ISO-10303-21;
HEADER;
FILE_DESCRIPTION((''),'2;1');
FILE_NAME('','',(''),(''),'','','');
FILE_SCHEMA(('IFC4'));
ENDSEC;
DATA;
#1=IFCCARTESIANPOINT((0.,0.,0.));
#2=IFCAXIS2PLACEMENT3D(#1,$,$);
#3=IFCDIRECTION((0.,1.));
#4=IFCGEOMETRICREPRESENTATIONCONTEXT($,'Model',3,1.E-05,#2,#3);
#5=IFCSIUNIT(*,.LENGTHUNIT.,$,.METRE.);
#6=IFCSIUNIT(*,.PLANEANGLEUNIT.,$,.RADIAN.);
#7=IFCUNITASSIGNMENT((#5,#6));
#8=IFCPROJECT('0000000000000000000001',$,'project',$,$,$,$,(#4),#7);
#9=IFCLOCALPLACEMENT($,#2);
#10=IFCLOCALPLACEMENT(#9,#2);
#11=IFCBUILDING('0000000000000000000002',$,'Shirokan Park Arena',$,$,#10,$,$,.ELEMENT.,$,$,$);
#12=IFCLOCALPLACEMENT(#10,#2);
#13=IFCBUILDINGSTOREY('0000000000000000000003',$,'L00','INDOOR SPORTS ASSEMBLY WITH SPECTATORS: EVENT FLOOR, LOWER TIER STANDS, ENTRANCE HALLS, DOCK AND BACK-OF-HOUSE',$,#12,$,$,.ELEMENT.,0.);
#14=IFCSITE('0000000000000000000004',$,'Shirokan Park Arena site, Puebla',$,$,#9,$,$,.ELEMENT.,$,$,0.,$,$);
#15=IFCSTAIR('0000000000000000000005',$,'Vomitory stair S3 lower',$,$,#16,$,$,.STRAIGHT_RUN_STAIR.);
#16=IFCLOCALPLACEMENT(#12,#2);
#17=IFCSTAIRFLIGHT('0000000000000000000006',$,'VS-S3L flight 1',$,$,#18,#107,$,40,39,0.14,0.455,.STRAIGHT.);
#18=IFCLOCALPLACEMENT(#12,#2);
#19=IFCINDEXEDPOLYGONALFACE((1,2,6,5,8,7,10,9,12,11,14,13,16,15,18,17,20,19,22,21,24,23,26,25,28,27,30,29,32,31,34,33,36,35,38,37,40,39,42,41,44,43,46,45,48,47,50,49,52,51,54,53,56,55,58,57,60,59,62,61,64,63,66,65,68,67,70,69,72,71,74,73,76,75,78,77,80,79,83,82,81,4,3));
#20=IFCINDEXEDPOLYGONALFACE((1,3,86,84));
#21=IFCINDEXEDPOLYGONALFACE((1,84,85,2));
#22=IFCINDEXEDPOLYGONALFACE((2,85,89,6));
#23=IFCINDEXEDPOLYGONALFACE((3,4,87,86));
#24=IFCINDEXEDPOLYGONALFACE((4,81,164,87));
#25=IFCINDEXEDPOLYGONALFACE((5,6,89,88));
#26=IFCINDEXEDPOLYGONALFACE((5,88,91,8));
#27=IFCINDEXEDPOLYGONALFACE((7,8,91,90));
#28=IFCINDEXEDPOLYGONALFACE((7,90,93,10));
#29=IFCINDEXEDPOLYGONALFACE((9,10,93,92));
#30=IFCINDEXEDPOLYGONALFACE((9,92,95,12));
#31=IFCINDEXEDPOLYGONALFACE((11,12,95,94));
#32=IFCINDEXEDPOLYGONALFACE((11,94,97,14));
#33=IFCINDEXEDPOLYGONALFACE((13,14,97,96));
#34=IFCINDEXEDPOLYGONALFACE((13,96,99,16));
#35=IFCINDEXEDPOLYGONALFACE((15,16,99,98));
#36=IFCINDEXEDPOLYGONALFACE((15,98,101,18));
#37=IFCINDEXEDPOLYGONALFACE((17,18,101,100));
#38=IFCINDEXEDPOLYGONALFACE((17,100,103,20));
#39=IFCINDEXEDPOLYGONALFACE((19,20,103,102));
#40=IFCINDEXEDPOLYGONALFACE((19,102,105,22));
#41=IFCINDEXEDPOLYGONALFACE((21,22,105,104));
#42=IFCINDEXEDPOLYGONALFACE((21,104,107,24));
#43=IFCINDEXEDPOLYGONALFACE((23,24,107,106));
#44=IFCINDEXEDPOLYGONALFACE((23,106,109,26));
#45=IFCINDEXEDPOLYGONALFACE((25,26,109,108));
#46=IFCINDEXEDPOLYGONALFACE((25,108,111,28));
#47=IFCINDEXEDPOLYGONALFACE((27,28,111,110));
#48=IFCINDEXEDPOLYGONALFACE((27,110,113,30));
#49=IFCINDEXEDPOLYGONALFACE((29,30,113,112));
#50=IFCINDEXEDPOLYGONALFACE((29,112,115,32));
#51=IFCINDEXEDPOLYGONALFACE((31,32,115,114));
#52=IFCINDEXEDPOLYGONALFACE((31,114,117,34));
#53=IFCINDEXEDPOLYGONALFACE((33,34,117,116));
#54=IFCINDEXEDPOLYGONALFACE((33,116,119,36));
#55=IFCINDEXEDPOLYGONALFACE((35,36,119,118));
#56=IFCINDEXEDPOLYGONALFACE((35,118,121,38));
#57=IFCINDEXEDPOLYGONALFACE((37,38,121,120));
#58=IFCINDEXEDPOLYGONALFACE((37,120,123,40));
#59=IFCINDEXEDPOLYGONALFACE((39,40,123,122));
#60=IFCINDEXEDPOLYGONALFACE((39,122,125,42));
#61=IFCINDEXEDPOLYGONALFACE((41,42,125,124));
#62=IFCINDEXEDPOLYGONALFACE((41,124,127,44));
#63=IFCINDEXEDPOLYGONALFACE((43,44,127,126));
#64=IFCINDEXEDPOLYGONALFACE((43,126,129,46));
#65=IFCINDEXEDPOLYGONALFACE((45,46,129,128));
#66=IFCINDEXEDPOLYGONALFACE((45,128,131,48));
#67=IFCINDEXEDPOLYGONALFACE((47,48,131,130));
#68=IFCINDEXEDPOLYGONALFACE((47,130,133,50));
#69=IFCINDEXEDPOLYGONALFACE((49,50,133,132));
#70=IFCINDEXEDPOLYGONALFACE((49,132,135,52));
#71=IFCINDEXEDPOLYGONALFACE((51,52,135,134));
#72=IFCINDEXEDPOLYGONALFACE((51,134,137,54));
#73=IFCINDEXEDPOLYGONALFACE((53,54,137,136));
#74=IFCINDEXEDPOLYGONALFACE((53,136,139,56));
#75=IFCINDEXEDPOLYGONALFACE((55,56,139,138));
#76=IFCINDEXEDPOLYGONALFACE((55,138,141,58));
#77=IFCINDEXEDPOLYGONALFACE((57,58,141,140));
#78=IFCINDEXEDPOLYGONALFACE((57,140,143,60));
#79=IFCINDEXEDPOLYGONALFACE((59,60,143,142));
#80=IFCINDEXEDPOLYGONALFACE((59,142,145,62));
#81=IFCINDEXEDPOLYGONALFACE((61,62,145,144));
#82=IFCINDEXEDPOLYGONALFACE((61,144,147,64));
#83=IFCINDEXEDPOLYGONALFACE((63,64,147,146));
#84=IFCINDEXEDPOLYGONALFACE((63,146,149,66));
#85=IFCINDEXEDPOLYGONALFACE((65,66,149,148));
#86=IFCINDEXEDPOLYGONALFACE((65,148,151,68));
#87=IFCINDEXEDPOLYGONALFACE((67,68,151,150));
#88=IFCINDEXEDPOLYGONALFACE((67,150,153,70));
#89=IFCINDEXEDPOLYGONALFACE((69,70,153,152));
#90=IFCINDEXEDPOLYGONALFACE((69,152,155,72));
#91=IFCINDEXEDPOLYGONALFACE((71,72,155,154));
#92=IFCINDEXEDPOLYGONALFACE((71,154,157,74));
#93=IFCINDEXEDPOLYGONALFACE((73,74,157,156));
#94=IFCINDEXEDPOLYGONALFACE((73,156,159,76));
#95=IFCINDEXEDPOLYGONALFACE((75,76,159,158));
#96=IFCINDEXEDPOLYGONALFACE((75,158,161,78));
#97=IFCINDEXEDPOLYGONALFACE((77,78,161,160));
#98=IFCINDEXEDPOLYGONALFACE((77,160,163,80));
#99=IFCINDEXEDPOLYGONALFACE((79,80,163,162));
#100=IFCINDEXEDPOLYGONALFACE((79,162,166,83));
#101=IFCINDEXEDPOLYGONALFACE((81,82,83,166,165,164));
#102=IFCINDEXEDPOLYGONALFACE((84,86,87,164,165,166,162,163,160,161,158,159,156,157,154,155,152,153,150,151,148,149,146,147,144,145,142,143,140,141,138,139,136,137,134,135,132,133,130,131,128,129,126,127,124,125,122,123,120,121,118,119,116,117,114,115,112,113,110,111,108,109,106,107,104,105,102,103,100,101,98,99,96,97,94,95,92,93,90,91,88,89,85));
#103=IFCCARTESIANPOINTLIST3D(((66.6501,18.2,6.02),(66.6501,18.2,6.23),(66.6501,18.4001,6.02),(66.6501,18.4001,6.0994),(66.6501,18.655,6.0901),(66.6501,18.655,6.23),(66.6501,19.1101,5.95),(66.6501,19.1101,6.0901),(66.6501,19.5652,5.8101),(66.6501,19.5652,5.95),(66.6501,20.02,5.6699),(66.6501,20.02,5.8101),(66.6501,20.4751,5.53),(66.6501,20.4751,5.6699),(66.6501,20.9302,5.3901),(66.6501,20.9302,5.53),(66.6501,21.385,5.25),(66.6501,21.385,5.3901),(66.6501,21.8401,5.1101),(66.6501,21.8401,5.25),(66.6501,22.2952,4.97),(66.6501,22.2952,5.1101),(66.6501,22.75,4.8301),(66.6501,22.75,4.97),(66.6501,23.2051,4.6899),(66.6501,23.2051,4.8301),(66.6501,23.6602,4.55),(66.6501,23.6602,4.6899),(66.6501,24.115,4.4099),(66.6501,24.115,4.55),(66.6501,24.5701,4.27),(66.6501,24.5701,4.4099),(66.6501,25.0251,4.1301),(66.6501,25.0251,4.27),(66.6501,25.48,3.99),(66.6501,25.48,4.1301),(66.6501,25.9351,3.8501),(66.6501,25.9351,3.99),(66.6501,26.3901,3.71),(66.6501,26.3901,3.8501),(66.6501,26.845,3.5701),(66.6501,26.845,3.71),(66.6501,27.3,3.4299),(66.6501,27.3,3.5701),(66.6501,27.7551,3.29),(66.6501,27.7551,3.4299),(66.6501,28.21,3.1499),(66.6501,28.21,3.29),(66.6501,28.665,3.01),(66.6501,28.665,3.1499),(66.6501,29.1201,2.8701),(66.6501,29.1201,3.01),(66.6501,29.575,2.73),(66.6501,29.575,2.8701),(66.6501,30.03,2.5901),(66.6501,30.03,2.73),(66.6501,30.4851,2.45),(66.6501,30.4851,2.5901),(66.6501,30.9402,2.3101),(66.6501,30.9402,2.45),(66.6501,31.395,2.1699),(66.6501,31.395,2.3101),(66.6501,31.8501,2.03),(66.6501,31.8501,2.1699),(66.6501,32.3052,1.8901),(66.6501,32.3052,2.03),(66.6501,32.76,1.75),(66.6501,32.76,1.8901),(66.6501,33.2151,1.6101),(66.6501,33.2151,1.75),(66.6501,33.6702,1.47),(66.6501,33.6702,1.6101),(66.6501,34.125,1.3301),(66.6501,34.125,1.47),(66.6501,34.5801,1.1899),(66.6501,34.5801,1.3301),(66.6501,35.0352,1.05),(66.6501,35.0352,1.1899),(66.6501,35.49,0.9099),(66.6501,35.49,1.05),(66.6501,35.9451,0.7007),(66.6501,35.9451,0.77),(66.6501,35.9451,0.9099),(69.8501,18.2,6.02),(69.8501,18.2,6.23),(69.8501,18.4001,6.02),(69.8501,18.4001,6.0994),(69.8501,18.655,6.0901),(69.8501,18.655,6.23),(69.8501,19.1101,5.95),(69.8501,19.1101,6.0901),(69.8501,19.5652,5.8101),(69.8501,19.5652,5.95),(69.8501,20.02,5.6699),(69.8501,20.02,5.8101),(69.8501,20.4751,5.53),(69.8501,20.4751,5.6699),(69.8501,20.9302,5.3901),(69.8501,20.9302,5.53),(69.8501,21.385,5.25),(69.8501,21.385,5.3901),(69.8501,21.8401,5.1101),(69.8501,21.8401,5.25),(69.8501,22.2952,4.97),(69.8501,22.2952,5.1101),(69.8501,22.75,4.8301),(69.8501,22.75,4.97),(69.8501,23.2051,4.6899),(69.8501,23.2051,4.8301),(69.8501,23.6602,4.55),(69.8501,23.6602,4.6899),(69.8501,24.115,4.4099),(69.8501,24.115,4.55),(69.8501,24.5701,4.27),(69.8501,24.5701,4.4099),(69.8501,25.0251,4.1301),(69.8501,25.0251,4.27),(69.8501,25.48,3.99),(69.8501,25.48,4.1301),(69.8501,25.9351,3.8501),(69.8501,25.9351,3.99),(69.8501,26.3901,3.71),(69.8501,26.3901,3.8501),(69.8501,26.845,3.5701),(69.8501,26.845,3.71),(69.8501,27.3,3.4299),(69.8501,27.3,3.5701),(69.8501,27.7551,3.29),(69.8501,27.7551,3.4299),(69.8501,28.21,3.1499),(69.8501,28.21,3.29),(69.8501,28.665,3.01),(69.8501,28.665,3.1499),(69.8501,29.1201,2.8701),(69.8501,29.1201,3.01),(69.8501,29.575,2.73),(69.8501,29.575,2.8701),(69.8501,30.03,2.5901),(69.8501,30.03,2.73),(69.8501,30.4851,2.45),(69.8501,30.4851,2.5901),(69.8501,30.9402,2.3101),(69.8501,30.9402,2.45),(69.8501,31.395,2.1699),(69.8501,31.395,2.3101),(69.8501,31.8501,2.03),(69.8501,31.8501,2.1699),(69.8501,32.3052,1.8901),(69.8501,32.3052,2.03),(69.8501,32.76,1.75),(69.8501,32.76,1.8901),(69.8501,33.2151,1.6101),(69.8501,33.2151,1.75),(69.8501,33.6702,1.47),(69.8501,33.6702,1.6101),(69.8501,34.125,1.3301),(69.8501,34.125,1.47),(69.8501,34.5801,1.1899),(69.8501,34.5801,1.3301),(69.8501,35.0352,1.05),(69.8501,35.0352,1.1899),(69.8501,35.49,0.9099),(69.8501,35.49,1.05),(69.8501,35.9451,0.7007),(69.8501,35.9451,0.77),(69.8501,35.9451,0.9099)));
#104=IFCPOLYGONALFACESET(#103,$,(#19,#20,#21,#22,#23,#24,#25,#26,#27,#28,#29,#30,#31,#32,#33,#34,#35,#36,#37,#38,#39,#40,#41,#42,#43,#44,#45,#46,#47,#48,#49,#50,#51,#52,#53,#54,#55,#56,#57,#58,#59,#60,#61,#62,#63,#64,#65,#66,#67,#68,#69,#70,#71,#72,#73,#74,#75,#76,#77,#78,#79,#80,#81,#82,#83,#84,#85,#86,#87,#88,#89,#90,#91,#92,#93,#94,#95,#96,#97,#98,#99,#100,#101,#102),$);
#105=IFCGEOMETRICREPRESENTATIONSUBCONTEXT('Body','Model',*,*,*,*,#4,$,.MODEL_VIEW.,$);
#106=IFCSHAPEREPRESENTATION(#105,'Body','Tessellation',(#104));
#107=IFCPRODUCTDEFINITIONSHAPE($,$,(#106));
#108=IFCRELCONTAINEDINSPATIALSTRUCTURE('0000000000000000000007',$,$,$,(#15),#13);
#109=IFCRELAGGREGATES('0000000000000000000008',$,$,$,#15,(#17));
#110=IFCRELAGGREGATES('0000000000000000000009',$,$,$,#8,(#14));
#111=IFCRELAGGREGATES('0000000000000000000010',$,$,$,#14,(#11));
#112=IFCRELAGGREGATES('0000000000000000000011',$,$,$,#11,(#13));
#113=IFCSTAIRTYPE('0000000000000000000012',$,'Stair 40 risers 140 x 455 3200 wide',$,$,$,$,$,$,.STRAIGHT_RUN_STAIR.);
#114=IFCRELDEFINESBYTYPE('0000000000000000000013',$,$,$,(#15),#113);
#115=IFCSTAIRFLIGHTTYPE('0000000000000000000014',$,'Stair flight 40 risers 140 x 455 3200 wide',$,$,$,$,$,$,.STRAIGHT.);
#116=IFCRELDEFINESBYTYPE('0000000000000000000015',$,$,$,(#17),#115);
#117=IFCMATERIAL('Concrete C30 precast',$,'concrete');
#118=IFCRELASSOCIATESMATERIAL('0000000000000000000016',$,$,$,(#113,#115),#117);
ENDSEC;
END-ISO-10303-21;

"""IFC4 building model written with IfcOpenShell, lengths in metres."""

from ifc_helpers import new_model, si_unit, direction, frame, origin, place, context, subcontext, project, spatial, polyline, outline, extrude, material, type_object, element, aggregate, save


model = new_model("IFC4")

# Units and contexts
model_context = context("Model", 3, precision=1e-05, world=origin(), true_north=direction((0.0, 1.0)))
body_context = subcontext(model_context, "Body", "Model", "MODEL_VIEW")
ifc_project = project(units=[si_unit("LENGTHUNIT", "METRE"), si_unit("PLANEANGLEUNIT", "RADIAN")], contexts=[model_context])

# Site, building, storey
site_placement = place(None, origin())
site = spatial("IfcSite", under=ifc_project, at=site_placement, Name="Shirokan Park Arena site, Puebla", CompositionType="ELEMENT", RefElevation=0.0)
building_placement = place(site_placement, origin())
building = spatial("IfcBuilding", under=site, at=building_placement, Name="Shirokan Park Arena", CompositionType="ELEMENT")
storey_placement = place(building_placement, origin())
storey = spatial("IfcBuildingStorey", under=building, at=storey_placement, Name="L00", Description="INDOOR SPORTS ASSEMBLY WITH SPECTATORS: EVENT FLOOR, LOWER TIER STANDS, ENTRANCE HALLS, DOCK AND BACK-OF-HOUSE", CompositionType="ELEMENT", Elevation=0.0)

# Stair, stair flight
ifc_material_1 = material(Name="Concrete C30 precast", Category="concrete")
stair_type = type_object("IfcStairType", Name="Stair 40 risers 140 x 455 3200 wide", PredefinedType="STRAIGHT_RUN_STAIR", material=ifc_material_1)
stair_1_placement = place(storey_placement, origin())
stair_1 = element("IfcStair", 1, at=stair_1_placement, inside=storey, type_object=stair_type, Name="Vomitory stair S3 lower", PredefinedType="STRAIGHT_RUN_STAIR")
stair_flight_type = type_object("IfcStairFlightType", Name="Stair flight 40 risers 140 x 455 3200 wide", PredefinedType="STRAIGHT", material=ifc_material_1)
stair_flight_1_placement = place(storey_placement, frame((68.25, 35.9451, 0.77), z_axis=(0.0, 0.0, 1.0), x_axis=(0.0, -1.0, 0.0)))
stair_flight_1 = element("IfcStairFlight", 2, at=stair_flight_1_placement, type_object=stair_flight_type, Name="VS-S3L flight 1", NumberOfRisers=40, NumberOfTreads=39, PredefinedType="STRAIGHT", RiserHeight=0.14, TreadLength=0.455, context=body_context, shape_type="SweptSolid", body=[
    extrude(outline(polyline([(0.0, -0.0693), (0.0, 0.0), (0.0, 0.1399), (0.4551, 0.1399), (0.4551, 0.28), (0.9099, 0.28), (0.9099, 0.4199), (1.365, 0.4199), (1.365, 0.5601), (1.8201, 0.5601), (1.8201, 0.7), (2.2749, 0.7), (2.2749, 0.8401), (2.73, 0.8401), (2.73, 0.98), (3.1851, 0.98), (3.1851, 1.1201), (3.6399, 1.1201), (3.6399, 1.26), (4.095, 1.26), (4.095, 1.3999), (4.55, 1.3999), (4.55, 1.54), (5.0049, 1.54), (5.0049, 1.6799), (5.46, 1.6799), (5.46, 1.8201), (5.915, 1.8201), (5.915, 1.96), (6.3701, 1.96), (6.3701, 2.1001), (6.825, 2.1001), (6.825, 2.24), (7.28, 2.24), (7.28, 2.3799), (7.7351, 2.3799), (7.7351, 2.52), (8.1899, 2.52), (8.1899, 2.6599), (8.645, 2.6599), (8.645, 2.8), (9.1001, 2.8), (9.1001, 2.9399), (9.5549, 2.9399), (9.5549, 3.0801), (10.01, 3.0801), (10.01, 3.22), (10.4651, 3.22), (10.4651, 3.3601), (10.9199, 3.3601), (10.9199, 3.5), (11.375, 3.5), (11.375, 3.6399), (11.8301, 3.6399), (11.8301, 3.78), (12.2849, 3.78), (12.2849, 3.9199), (12.74, 3.9199), (12.74, 4.0601), (13.1951, 4.0601), (13.1951, 4.2), (13.6499, 4.2), (13.6499, 4.3401), (14.105, 4.3401), (14.105, 4.48), (14.5601, 4.48), (14.5601, 4.6201), (15.0149, 4.6201), (15.0149, 4.76), (15.47, 4.76), (15.47, 4.8999), (15.925, 4.8999), (15.925, 5.04), (16.3799, 5.04), (16.3799, 5.1799), (16.835, 5.1799), (16.835, 5.3201), (17.29, 5.3201), (17.29, 5.46), (17.7451, 5.46), (17.7451, 5.6001), (17.7451, 5.25), (17.5449, 5.25), (17.5449, 5.3293), (0.0, -0.0693)])), frame((0.0, 1.6001, 0.0), z_axis=(0.0, -1.0, 0.0), x_axis=(1.0, 0.0, 0.0)), (0.0, 0.0, 1.0), 3.2),
])
aggregate(stair_1, [stair_flight_1])

save(model, "model.ifc")
